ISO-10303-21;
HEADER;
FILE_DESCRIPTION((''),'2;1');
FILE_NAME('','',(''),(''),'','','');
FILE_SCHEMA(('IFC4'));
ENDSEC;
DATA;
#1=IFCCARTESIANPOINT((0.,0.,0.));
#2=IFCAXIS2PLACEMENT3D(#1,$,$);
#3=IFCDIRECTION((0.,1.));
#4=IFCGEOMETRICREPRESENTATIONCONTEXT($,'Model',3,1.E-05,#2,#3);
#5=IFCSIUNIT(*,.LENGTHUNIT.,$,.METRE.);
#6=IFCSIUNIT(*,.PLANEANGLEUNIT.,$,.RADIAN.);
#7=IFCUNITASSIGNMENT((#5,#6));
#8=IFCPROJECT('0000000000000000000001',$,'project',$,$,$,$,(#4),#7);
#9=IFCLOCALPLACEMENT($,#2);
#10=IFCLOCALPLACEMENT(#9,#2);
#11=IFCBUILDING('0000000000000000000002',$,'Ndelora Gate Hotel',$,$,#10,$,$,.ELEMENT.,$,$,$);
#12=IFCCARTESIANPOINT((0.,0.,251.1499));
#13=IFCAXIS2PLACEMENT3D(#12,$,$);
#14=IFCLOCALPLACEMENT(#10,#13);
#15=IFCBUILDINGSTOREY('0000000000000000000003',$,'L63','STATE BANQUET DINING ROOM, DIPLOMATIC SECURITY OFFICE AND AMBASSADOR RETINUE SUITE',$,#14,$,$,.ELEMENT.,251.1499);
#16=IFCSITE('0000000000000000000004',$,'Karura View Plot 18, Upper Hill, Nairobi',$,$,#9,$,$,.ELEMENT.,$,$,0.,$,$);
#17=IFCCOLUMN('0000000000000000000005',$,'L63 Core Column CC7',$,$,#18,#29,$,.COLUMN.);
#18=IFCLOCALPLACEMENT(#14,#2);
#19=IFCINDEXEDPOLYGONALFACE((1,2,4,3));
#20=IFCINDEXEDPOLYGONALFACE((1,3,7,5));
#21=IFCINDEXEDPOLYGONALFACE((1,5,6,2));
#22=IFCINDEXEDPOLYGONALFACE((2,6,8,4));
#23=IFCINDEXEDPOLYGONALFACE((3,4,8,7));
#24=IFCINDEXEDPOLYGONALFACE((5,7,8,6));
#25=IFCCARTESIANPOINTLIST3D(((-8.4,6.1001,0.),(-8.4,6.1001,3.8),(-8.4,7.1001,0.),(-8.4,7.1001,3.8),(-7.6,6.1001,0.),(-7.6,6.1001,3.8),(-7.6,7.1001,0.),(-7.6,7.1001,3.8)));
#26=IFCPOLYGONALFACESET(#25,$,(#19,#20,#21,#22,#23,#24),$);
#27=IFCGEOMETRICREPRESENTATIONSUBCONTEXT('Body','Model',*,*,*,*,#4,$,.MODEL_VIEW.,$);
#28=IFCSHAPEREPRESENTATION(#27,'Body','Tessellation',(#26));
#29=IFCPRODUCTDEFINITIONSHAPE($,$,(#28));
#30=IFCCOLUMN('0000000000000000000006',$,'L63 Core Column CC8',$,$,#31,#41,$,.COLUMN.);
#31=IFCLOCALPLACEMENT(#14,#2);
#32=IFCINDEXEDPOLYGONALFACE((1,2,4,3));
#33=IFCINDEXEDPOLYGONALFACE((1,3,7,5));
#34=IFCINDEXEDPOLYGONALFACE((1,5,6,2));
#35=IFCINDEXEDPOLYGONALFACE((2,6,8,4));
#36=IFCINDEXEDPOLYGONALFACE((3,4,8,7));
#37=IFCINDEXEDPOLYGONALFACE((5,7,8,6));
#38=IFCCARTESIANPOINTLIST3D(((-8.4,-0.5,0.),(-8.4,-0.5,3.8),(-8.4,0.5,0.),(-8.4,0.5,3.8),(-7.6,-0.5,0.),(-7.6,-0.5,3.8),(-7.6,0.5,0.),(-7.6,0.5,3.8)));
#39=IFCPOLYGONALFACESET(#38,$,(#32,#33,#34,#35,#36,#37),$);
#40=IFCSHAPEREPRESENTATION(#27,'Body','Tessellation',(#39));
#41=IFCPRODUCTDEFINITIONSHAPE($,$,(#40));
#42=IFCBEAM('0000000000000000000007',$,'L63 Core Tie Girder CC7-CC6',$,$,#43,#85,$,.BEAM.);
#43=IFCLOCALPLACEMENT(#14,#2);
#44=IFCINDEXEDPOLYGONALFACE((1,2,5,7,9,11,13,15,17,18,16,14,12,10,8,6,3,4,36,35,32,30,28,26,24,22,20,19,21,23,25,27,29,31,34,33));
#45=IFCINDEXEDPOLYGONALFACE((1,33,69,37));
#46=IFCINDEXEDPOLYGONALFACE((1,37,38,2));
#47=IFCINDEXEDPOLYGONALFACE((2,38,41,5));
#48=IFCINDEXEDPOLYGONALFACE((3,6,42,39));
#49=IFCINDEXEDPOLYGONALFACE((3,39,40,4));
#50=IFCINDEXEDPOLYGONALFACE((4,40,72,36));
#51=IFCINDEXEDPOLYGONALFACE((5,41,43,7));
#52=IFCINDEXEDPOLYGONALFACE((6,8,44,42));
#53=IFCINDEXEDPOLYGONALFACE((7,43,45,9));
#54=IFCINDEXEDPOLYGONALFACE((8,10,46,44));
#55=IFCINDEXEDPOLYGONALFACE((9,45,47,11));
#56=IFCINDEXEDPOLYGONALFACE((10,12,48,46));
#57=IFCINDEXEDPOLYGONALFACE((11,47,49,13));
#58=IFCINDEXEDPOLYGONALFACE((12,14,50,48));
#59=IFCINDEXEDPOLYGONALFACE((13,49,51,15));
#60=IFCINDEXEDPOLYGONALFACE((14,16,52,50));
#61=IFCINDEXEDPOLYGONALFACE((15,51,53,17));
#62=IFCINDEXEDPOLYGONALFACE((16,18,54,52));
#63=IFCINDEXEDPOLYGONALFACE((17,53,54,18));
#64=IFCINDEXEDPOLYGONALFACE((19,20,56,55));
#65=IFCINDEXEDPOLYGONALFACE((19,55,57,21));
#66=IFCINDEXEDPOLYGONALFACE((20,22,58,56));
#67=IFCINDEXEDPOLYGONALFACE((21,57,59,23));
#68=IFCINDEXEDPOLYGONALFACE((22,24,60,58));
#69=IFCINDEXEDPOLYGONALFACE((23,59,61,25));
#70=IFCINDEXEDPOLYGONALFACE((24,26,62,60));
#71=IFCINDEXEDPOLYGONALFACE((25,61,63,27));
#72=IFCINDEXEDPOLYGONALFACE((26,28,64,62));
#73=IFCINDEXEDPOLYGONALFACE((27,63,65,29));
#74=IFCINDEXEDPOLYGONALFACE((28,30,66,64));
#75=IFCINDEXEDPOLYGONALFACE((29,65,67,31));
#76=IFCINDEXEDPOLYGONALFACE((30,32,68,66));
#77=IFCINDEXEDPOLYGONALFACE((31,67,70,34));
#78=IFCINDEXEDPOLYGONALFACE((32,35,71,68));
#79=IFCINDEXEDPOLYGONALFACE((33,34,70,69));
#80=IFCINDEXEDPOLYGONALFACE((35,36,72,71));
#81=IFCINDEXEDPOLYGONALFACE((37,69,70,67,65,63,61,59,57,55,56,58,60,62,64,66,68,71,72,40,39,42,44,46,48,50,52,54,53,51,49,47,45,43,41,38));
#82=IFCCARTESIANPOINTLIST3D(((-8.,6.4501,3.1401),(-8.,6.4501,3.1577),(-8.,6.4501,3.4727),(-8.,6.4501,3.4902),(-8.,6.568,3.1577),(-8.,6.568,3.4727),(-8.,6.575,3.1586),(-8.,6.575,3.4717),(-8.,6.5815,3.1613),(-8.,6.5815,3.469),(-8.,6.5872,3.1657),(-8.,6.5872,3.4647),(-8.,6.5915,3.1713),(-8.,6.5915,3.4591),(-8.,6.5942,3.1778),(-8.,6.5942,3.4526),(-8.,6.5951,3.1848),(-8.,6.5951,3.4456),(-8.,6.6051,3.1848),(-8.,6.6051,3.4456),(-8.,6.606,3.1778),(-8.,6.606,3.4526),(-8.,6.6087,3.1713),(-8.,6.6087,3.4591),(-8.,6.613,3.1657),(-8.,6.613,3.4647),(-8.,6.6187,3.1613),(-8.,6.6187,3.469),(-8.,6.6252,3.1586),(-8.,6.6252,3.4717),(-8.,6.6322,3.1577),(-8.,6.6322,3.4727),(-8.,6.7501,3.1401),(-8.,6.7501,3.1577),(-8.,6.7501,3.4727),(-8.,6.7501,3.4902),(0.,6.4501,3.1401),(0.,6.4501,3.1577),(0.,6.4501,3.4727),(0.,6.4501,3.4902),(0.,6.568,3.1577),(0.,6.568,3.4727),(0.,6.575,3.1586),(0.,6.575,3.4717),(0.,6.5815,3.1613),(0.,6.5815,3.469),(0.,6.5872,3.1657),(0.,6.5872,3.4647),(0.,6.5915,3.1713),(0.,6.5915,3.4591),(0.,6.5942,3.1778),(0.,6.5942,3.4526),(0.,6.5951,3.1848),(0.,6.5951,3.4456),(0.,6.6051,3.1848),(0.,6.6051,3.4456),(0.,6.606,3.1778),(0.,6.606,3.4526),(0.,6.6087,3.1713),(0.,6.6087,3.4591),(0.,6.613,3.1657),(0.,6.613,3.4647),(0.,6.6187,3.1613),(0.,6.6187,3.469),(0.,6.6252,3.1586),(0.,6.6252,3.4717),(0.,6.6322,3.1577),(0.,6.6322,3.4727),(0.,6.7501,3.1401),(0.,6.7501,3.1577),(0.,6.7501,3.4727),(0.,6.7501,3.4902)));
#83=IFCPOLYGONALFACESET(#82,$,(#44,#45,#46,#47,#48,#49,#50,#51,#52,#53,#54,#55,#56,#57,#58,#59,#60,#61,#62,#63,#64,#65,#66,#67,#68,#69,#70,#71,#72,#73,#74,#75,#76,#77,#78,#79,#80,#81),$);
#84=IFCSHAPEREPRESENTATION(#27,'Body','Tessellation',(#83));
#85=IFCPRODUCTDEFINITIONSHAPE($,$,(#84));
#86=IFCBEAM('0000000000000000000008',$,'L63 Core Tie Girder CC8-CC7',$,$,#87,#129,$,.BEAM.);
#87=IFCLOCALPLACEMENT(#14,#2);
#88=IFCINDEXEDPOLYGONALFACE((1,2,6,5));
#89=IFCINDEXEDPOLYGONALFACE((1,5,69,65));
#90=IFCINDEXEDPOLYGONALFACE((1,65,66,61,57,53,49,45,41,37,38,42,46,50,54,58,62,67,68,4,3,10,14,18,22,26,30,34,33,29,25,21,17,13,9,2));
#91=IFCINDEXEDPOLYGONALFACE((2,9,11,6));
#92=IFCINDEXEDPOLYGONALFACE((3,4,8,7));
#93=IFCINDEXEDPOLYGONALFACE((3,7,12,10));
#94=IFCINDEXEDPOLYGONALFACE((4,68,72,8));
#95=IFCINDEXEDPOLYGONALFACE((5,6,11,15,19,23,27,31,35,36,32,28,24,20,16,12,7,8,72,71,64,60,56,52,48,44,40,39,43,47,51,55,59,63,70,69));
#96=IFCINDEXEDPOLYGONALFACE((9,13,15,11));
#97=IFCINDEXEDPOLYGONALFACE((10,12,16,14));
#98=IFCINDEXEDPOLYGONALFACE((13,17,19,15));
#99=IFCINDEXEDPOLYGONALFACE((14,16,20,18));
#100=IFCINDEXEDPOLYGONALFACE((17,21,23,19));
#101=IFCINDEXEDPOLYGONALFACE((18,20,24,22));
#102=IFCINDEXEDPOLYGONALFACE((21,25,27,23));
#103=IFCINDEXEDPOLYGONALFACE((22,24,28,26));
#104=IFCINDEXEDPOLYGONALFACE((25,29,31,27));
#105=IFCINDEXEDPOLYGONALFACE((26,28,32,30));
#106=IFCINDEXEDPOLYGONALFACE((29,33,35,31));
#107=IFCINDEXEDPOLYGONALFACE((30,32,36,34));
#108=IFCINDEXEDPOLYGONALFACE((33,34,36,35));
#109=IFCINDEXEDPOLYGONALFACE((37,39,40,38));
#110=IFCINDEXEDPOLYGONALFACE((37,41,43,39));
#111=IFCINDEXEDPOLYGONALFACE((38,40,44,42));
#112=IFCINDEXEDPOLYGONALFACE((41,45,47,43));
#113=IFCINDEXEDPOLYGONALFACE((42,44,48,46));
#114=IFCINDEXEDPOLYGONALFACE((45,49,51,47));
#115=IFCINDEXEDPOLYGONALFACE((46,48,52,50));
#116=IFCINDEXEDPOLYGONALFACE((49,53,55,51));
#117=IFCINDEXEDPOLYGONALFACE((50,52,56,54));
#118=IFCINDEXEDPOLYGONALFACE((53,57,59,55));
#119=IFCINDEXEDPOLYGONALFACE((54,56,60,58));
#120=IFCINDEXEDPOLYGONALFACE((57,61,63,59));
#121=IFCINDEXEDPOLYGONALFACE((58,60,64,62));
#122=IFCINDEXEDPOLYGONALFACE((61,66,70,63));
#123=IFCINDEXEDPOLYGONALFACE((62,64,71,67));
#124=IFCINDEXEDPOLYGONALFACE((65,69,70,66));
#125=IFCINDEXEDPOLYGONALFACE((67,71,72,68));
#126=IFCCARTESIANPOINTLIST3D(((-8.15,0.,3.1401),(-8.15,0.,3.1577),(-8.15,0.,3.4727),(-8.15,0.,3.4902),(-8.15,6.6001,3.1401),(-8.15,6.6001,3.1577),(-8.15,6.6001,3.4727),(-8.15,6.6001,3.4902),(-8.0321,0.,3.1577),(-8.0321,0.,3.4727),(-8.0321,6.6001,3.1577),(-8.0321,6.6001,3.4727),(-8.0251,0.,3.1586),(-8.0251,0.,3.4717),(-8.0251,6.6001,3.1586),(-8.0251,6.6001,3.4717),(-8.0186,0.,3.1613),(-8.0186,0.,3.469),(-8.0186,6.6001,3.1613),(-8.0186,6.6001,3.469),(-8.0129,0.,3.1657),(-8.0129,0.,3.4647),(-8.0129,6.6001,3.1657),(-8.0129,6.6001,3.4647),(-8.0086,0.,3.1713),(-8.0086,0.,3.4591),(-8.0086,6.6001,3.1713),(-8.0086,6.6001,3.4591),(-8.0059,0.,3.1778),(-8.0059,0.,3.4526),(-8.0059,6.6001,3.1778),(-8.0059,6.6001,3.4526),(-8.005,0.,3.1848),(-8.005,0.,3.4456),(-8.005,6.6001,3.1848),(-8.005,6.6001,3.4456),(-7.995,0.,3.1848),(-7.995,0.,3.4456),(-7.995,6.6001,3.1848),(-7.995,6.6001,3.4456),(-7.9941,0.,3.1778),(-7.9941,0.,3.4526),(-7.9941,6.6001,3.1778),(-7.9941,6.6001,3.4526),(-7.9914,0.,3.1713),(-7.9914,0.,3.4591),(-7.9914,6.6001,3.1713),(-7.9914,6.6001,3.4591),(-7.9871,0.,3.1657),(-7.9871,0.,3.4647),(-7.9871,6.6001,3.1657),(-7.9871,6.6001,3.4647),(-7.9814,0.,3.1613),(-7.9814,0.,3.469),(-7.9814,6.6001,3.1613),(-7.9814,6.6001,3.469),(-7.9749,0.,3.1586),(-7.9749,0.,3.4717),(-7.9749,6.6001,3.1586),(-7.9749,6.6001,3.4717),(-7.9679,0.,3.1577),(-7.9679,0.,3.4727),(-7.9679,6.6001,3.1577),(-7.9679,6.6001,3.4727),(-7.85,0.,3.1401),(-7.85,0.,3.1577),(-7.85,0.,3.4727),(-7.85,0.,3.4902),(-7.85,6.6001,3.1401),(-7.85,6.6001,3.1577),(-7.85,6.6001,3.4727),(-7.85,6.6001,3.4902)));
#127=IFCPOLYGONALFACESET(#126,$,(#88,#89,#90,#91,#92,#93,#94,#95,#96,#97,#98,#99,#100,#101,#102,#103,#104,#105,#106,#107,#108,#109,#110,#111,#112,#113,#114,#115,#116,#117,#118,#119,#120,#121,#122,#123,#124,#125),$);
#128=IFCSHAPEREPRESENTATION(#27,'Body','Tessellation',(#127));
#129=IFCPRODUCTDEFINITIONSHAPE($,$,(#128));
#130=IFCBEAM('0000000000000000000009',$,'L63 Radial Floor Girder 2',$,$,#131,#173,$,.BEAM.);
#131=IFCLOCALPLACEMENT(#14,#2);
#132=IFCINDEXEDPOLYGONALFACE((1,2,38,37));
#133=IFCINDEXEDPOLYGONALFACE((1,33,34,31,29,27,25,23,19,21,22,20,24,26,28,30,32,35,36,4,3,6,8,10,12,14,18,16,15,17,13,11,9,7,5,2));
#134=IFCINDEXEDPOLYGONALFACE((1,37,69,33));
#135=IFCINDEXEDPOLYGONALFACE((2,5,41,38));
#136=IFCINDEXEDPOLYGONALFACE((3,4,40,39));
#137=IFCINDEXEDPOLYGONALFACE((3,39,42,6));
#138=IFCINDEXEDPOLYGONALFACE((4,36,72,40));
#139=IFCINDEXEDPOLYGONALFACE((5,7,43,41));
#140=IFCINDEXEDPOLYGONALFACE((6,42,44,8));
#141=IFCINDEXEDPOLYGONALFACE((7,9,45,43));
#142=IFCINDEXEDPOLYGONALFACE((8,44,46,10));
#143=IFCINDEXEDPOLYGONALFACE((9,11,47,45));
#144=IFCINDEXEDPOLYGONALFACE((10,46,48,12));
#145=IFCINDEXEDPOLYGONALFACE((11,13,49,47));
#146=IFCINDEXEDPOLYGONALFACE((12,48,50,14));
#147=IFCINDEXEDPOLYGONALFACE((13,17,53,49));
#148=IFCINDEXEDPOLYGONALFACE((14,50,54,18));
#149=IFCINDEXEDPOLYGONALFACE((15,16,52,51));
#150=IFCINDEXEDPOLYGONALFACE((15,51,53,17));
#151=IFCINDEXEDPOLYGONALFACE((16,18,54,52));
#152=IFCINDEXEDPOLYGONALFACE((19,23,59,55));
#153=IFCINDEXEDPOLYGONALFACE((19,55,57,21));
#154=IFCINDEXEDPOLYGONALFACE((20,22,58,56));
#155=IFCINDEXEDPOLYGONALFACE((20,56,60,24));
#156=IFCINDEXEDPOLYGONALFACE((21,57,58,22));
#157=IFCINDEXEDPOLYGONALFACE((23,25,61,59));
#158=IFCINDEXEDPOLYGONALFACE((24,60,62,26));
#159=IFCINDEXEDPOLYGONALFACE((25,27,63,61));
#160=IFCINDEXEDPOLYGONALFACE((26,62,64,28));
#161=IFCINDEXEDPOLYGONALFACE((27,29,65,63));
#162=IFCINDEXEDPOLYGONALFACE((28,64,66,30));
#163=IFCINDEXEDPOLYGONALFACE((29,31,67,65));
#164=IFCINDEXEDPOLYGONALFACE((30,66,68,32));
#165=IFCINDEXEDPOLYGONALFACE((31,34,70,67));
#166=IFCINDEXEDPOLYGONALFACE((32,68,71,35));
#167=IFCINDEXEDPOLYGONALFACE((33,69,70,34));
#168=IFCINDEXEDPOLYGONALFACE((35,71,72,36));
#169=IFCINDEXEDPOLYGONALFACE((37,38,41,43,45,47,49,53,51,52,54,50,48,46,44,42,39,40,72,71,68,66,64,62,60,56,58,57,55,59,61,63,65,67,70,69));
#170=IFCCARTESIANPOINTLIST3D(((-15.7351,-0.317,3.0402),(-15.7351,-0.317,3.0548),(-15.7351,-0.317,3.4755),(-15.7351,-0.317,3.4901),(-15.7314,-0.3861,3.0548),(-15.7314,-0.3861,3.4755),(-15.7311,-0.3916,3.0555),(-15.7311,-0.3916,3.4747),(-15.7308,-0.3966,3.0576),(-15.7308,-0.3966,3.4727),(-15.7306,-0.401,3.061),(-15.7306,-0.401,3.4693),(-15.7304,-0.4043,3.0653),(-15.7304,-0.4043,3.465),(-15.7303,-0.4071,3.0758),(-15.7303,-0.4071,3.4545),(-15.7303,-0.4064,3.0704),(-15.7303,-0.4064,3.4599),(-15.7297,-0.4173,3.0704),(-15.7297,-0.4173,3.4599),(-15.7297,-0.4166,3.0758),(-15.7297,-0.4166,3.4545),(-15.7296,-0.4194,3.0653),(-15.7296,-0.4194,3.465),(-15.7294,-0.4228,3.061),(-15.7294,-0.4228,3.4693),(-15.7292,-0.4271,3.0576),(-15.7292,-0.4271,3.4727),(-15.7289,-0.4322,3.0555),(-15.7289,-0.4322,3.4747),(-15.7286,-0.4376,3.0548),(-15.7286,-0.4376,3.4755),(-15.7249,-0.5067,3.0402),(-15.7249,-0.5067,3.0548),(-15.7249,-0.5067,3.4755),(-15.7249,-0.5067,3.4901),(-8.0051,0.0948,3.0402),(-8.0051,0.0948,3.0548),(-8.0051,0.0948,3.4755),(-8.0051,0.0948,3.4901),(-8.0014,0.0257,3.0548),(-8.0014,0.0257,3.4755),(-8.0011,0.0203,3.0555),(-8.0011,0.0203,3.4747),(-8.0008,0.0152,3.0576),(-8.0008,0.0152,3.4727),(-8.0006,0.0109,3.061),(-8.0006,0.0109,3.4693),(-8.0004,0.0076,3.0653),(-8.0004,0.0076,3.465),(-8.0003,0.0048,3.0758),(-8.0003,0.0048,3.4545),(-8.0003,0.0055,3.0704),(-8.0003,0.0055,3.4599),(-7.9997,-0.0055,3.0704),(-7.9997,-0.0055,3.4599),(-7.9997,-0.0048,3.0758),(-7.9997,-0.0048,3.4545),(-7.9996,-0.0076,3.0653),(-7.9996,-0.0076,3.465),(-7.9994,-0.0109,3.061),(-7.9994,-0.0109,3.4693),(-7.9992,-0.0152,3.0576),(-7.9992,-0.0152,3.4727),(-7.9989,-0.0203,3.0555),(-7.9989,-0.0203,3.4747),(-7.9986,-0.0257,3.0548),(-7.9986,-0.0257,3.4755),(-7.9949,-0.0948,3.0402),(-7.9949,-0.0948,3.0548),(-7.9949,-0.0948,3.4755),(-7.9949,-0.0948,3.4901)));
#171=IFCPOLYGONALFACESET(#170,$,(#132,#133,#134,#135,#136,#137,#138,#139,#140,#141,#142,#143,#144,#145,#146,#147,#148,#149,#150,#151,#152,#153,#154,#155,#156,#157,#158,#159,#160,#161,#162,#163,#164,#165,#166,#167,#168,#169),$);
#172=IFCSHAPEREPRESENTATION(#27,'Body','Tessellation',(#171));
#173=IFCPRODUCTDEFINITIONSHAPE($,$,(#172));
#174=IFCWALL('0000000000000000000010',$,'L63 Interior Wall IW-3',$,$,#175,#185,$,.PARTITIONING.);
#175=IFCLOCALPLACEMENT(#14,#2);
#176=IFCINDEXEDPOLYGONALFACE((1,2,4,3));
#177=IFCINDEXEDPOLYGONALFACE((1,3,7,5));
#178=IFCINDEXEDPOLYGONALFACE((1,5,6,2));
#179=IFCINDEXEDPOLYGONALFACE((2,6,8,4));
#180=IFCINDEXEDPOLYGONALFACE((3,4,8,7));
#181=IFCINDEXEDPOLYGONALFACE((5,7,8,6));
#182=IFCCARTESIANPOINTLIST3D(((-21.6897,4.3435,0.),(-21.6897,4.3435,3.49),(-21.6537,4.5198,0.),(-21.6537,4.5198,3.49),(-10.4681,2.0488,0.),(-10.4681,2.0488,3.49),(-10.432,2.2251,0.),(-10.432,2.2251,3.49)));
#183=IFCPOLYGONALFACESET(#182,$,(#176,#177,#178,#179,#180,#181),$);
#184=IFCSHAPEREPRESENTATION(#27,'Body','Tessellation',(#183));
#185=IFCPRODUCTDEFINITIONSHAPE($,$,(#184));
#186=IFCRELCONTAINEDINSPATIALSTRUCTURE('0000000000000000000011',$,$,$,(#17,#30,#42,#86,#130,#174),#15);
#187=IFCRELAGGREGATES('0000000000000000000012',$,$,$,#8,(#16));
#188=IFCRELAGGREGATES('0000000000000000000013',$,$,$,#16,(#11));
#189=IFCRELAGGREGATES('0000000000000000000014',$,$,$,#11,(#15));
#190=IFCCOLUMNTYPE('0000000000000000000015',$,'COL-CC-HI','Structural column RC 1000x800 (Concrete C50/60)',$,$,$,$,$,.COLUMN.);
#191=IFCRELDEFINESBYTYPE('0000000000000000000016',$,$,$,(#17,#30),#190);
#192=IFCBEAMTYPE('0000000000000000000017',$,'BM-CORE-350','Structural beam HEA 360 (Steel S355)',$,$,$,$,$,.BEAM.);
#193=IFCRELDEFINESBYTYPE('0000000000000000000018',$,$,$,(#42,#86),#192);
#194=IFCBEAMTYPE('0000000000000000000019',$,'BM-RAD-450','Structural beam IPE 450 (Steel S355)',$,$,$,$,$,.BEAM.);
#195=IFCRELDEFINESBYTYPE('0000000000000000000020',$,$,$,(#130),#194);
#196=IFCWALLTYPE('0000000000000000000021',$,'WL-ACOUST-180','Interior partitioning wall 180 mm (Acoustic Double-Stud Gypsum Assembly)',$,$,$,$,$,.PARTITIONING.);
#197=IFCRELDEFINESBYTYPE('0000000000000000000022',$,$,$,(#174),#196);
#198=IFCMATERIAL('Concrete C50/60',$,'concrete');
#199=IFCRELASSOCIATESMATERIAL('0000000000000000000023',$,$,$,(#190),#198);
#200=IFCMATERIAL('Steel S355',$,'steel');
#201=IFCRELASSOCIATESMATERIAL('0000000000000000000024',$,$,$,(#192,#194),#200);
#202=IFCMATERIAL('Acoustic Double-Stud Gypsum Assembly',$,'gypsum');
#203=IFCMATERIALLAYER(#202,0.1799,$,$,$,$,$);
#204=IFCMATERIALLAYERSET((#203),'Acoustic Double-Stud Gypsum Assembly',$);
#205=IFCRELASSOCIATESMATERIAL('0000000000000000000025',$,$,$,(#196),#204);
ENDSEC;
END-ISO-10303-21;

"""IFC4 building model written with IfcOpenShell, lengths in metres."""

from ifc_helpers import new_model, si_unit, direction, frame, frame_2d, origin, origin_2d, place, context, subcontext, project, spatial, rectangle, i_section, extrude, material, layer, layer_set, material_profile, profile_set, type_object, element, save


model = new_model("IFC4")

# Units and contexts
model_context = context("Model", 3, precision=1e-05, world=origin(), true_north=direction((0.0, 1.0)))
body_context = subcontext(model_context, "Body", "Model", "MODEL_VIEW")
ifc_project = project(units=[si_unit("LENGTHUNIT", "METRE"), si_unit("PLANEANGLEUNIT", "RADIAN")], contexts=[model_context])

# Site, building, storey
site_placement = place(None, origin())
site = spatial("IfcSite", under=ifc_project, at=site_placement, Name="Karura View Plot 18, Upper Hill, Nairobi", CompositionType="ELEMENT", RefElevation=0.0)
building_placement = place(site_placement, origin())
building = spatial("IfcBuilding", under=site, at=building_placement, Name="Ndelora Gate Hotel", CompositionType="ELEMENT")
storey_placement = place(building_placement, frame((0.0, 0.0, 251.1499)))
storey = spatial("IfcBuildingStorey", under=building, at=storey_placement, Name="L63", Description="STATE BANQUET DINING ROOM, DIPLOMATIC SECURITY OFFICE AND AMBASSADOR RETINUE SUITE", CompositionType="ELEMENT", Elevation=251.1499)

# Columns
ifc_material_1 = material(Name="Concrete C50/60", Category="concrete")
ifc_material_profile_1 = material_profile(ifc_material_1, rectangle(XDim=0.8, YDim=1.0, at=origin_2d()), Name="RC 1000x800")
ifc_profile_set_1 = profile_set([ifc_material_profile_1], Name="Concrete C50/60")
column_type = type_object("IfcColumnType", Name="COL-CC-HI", Description="Structural column RC 1000x800 (Concrete C50/60)", PredefinedType="COLUMN", material=ifc_profile_set_1)
for number, where, z_axis, x_axis, name in (
    (1, (-8.0, 6.6001, 0.0), (0.0, 0.0, 1.0), (1.0, 0.0, 0.0), "L63 Core Column CC7"),
    (2, (-8.0, 0.0, 0.0), (0.0, 0.0, 1.0), (1.0, 0.0, 0.0), "L63 Core Column CC8"),
):
    element("IfcColumn", number, at=place(storey_placement, frame(where, z_axis=z_axis, x_axis=x_axis)), inside=storey, type_object=column_type, Name=name, PredefinedType="COLUMN", context=body_context, shape_type="SweptSolid", body=[
        extrude(rectangle(XDim=0.8, YDim=1.0, at=origin_2d()), origin(), (0.0, 0.0, 1.0), 3.8),
    ])

# Beams
ifc_material_2 = material(Name="Steel S355", Category="steel")
ifc_material_profile_2 = material_profile(ifc_material_2, i_section(OverallWidth=0.3, OverallDepth=0.3501, WebThickness=0.01, FlangeThickness=0.0176, FilletRadius=0.0271, at=origin_2d()), Name="HEA 360")
ifc_profile_set_2 = profile_set([ifc_material_profile_2], Name="Steel S355")
beam_type_1 = type_object("IfcBeamType", Name="BM-CORE-350", Description="Structural beam HEA 360 (Steel S355)", PredefinedType="BEAM", material=ifc_profile_set_2)
beam_1_placement = place(storey_placement, frame((-8.0, 6.6001, 3.3152), z_axis=(1.0, 0.0, 0.0), x_axis=(0.0, 1.0, 0.0)))
element("IfcBeam", 3, at=beam_1_placement, inside=storey, type_object=beam_type_1, Name="L63 Core Tie Girder CC7-CC6", PredefinedType="BEAM", context=body_context, shape_type="SweptSolid", body=[
    extrude(i_section(OverallWidth=0.3, OverallDepth=0.3501, WebThickness=0.01, FlangeThickness=0.0176, FilletRadius=0.0271, at=origin_2d()), origin(), (0.0, 0.0, 1.0), 8.0),
])
beam_2_placement = place(storey_placement, frame((-8.0, 0.0, 3.3152), z_axis=(0.0, 1.0, 0.0), x_axis=(-1.0, 0.0, 0.0)))
element("IfcBeam", 4, at=beam_2_placement, inside=storey, type_object=beam_type_1, Name="L63 Core Tie Girder CC8-CC7", PredefinedType="BEAM", context=body_context, shape_type="SweptSolid", body=[
    extrude(i_section(OverallWidth=0.3, OverallDepth=0.3501, WebThickness=0.01, FlangeThickness=0.0176, FilletRadius=0.0271, at=origin_2d()), origin(), (0.0, 0.0, 1.0), 6.6001),
])
ifc_material_profile_3 = material_profile(ifc_material_2, i_section(OverallWidth=0.1899, OverallDepth=0.45, WebThickness=0.0095, FlangeThickness=0.0146, FilletRadius=0.021, at=origin_2d()), Name="IPE 450")
ifc_profile_set_3 = profile_set([ifc_material_profile_3], Name="Steel S355")
beam_type_2 = type_object("IfcBeamType", Name="BM-RAD-450", Description="Structural beam IPE 450 (Steel S355)", PredefinedType="BEAM", material=ifc_profile_set_3)
beam_3_placement = place(storey_placement, frame((-8.0, 0.0, 3.2651), z_axis=(-0.998584, -0.053206, 0.0), x_axis=(0.053206, -0.998584, 0.0)))
element("IfcBeam", 5, at=beam_3_placement, inside=storey, type_object=beam_type_2, Name="L63 Radial Floor Girder 2", PredefinedType="BEAM", context=body_context, shape_type="SweptSolid", body=[
    extrude(i_section(OverallWidth=0.1899, OverallDepth=0.45, WebThickness=0.0095, FlangeThickness=0.0146, FilletRadius=0.021, at=origin_2d()), origin(), (0.0, 0.0, 1.0), 7.741),
])

# Wall
ifc_material_3 = material(Name="Acoustic Double-Stud Gypsum Assembly", Category="gypsum")
ifc_layer_1 = layer(ifc_material_3, 0.1799)
ifc_layer_set_1 = layer_set([ifc_layer_1], Name="Acoustic Double-Stud Gypsum Assembly")
wall_type_1 = type_object("IfcWallType", Name="WL-ACOUST-180", Description="Interior partitioning wall 180 mm (Acoustic Double-Stud Gypsum Assembly)", PredefinedType="PARTITIONING", material=ifc_layer_set_1)
wall_1_placement = place(storey_placement, frame((-10.45, 2.137, 0.0), z_axis=(0.0, 0.0, 1.0), x_axis=(-0.979726, 0.20034, 0.0)))
element("IfcWall", 6, at=wall_1_placement, inside=storey, type_object=wall_type_1, Name="L63 Interior Wall IW-3", PredefinedType="PARTITIONING", context=body_context, shape_type="SweptSolid", body=[
    extrude(rectangle(XDim=11.4539, YDim=0.1799, at=frame_2d((5.7271, 0.0))), origin(), (0.0, 0.0, 1.0), 3.49),
])

save(model, "model.ifc")
